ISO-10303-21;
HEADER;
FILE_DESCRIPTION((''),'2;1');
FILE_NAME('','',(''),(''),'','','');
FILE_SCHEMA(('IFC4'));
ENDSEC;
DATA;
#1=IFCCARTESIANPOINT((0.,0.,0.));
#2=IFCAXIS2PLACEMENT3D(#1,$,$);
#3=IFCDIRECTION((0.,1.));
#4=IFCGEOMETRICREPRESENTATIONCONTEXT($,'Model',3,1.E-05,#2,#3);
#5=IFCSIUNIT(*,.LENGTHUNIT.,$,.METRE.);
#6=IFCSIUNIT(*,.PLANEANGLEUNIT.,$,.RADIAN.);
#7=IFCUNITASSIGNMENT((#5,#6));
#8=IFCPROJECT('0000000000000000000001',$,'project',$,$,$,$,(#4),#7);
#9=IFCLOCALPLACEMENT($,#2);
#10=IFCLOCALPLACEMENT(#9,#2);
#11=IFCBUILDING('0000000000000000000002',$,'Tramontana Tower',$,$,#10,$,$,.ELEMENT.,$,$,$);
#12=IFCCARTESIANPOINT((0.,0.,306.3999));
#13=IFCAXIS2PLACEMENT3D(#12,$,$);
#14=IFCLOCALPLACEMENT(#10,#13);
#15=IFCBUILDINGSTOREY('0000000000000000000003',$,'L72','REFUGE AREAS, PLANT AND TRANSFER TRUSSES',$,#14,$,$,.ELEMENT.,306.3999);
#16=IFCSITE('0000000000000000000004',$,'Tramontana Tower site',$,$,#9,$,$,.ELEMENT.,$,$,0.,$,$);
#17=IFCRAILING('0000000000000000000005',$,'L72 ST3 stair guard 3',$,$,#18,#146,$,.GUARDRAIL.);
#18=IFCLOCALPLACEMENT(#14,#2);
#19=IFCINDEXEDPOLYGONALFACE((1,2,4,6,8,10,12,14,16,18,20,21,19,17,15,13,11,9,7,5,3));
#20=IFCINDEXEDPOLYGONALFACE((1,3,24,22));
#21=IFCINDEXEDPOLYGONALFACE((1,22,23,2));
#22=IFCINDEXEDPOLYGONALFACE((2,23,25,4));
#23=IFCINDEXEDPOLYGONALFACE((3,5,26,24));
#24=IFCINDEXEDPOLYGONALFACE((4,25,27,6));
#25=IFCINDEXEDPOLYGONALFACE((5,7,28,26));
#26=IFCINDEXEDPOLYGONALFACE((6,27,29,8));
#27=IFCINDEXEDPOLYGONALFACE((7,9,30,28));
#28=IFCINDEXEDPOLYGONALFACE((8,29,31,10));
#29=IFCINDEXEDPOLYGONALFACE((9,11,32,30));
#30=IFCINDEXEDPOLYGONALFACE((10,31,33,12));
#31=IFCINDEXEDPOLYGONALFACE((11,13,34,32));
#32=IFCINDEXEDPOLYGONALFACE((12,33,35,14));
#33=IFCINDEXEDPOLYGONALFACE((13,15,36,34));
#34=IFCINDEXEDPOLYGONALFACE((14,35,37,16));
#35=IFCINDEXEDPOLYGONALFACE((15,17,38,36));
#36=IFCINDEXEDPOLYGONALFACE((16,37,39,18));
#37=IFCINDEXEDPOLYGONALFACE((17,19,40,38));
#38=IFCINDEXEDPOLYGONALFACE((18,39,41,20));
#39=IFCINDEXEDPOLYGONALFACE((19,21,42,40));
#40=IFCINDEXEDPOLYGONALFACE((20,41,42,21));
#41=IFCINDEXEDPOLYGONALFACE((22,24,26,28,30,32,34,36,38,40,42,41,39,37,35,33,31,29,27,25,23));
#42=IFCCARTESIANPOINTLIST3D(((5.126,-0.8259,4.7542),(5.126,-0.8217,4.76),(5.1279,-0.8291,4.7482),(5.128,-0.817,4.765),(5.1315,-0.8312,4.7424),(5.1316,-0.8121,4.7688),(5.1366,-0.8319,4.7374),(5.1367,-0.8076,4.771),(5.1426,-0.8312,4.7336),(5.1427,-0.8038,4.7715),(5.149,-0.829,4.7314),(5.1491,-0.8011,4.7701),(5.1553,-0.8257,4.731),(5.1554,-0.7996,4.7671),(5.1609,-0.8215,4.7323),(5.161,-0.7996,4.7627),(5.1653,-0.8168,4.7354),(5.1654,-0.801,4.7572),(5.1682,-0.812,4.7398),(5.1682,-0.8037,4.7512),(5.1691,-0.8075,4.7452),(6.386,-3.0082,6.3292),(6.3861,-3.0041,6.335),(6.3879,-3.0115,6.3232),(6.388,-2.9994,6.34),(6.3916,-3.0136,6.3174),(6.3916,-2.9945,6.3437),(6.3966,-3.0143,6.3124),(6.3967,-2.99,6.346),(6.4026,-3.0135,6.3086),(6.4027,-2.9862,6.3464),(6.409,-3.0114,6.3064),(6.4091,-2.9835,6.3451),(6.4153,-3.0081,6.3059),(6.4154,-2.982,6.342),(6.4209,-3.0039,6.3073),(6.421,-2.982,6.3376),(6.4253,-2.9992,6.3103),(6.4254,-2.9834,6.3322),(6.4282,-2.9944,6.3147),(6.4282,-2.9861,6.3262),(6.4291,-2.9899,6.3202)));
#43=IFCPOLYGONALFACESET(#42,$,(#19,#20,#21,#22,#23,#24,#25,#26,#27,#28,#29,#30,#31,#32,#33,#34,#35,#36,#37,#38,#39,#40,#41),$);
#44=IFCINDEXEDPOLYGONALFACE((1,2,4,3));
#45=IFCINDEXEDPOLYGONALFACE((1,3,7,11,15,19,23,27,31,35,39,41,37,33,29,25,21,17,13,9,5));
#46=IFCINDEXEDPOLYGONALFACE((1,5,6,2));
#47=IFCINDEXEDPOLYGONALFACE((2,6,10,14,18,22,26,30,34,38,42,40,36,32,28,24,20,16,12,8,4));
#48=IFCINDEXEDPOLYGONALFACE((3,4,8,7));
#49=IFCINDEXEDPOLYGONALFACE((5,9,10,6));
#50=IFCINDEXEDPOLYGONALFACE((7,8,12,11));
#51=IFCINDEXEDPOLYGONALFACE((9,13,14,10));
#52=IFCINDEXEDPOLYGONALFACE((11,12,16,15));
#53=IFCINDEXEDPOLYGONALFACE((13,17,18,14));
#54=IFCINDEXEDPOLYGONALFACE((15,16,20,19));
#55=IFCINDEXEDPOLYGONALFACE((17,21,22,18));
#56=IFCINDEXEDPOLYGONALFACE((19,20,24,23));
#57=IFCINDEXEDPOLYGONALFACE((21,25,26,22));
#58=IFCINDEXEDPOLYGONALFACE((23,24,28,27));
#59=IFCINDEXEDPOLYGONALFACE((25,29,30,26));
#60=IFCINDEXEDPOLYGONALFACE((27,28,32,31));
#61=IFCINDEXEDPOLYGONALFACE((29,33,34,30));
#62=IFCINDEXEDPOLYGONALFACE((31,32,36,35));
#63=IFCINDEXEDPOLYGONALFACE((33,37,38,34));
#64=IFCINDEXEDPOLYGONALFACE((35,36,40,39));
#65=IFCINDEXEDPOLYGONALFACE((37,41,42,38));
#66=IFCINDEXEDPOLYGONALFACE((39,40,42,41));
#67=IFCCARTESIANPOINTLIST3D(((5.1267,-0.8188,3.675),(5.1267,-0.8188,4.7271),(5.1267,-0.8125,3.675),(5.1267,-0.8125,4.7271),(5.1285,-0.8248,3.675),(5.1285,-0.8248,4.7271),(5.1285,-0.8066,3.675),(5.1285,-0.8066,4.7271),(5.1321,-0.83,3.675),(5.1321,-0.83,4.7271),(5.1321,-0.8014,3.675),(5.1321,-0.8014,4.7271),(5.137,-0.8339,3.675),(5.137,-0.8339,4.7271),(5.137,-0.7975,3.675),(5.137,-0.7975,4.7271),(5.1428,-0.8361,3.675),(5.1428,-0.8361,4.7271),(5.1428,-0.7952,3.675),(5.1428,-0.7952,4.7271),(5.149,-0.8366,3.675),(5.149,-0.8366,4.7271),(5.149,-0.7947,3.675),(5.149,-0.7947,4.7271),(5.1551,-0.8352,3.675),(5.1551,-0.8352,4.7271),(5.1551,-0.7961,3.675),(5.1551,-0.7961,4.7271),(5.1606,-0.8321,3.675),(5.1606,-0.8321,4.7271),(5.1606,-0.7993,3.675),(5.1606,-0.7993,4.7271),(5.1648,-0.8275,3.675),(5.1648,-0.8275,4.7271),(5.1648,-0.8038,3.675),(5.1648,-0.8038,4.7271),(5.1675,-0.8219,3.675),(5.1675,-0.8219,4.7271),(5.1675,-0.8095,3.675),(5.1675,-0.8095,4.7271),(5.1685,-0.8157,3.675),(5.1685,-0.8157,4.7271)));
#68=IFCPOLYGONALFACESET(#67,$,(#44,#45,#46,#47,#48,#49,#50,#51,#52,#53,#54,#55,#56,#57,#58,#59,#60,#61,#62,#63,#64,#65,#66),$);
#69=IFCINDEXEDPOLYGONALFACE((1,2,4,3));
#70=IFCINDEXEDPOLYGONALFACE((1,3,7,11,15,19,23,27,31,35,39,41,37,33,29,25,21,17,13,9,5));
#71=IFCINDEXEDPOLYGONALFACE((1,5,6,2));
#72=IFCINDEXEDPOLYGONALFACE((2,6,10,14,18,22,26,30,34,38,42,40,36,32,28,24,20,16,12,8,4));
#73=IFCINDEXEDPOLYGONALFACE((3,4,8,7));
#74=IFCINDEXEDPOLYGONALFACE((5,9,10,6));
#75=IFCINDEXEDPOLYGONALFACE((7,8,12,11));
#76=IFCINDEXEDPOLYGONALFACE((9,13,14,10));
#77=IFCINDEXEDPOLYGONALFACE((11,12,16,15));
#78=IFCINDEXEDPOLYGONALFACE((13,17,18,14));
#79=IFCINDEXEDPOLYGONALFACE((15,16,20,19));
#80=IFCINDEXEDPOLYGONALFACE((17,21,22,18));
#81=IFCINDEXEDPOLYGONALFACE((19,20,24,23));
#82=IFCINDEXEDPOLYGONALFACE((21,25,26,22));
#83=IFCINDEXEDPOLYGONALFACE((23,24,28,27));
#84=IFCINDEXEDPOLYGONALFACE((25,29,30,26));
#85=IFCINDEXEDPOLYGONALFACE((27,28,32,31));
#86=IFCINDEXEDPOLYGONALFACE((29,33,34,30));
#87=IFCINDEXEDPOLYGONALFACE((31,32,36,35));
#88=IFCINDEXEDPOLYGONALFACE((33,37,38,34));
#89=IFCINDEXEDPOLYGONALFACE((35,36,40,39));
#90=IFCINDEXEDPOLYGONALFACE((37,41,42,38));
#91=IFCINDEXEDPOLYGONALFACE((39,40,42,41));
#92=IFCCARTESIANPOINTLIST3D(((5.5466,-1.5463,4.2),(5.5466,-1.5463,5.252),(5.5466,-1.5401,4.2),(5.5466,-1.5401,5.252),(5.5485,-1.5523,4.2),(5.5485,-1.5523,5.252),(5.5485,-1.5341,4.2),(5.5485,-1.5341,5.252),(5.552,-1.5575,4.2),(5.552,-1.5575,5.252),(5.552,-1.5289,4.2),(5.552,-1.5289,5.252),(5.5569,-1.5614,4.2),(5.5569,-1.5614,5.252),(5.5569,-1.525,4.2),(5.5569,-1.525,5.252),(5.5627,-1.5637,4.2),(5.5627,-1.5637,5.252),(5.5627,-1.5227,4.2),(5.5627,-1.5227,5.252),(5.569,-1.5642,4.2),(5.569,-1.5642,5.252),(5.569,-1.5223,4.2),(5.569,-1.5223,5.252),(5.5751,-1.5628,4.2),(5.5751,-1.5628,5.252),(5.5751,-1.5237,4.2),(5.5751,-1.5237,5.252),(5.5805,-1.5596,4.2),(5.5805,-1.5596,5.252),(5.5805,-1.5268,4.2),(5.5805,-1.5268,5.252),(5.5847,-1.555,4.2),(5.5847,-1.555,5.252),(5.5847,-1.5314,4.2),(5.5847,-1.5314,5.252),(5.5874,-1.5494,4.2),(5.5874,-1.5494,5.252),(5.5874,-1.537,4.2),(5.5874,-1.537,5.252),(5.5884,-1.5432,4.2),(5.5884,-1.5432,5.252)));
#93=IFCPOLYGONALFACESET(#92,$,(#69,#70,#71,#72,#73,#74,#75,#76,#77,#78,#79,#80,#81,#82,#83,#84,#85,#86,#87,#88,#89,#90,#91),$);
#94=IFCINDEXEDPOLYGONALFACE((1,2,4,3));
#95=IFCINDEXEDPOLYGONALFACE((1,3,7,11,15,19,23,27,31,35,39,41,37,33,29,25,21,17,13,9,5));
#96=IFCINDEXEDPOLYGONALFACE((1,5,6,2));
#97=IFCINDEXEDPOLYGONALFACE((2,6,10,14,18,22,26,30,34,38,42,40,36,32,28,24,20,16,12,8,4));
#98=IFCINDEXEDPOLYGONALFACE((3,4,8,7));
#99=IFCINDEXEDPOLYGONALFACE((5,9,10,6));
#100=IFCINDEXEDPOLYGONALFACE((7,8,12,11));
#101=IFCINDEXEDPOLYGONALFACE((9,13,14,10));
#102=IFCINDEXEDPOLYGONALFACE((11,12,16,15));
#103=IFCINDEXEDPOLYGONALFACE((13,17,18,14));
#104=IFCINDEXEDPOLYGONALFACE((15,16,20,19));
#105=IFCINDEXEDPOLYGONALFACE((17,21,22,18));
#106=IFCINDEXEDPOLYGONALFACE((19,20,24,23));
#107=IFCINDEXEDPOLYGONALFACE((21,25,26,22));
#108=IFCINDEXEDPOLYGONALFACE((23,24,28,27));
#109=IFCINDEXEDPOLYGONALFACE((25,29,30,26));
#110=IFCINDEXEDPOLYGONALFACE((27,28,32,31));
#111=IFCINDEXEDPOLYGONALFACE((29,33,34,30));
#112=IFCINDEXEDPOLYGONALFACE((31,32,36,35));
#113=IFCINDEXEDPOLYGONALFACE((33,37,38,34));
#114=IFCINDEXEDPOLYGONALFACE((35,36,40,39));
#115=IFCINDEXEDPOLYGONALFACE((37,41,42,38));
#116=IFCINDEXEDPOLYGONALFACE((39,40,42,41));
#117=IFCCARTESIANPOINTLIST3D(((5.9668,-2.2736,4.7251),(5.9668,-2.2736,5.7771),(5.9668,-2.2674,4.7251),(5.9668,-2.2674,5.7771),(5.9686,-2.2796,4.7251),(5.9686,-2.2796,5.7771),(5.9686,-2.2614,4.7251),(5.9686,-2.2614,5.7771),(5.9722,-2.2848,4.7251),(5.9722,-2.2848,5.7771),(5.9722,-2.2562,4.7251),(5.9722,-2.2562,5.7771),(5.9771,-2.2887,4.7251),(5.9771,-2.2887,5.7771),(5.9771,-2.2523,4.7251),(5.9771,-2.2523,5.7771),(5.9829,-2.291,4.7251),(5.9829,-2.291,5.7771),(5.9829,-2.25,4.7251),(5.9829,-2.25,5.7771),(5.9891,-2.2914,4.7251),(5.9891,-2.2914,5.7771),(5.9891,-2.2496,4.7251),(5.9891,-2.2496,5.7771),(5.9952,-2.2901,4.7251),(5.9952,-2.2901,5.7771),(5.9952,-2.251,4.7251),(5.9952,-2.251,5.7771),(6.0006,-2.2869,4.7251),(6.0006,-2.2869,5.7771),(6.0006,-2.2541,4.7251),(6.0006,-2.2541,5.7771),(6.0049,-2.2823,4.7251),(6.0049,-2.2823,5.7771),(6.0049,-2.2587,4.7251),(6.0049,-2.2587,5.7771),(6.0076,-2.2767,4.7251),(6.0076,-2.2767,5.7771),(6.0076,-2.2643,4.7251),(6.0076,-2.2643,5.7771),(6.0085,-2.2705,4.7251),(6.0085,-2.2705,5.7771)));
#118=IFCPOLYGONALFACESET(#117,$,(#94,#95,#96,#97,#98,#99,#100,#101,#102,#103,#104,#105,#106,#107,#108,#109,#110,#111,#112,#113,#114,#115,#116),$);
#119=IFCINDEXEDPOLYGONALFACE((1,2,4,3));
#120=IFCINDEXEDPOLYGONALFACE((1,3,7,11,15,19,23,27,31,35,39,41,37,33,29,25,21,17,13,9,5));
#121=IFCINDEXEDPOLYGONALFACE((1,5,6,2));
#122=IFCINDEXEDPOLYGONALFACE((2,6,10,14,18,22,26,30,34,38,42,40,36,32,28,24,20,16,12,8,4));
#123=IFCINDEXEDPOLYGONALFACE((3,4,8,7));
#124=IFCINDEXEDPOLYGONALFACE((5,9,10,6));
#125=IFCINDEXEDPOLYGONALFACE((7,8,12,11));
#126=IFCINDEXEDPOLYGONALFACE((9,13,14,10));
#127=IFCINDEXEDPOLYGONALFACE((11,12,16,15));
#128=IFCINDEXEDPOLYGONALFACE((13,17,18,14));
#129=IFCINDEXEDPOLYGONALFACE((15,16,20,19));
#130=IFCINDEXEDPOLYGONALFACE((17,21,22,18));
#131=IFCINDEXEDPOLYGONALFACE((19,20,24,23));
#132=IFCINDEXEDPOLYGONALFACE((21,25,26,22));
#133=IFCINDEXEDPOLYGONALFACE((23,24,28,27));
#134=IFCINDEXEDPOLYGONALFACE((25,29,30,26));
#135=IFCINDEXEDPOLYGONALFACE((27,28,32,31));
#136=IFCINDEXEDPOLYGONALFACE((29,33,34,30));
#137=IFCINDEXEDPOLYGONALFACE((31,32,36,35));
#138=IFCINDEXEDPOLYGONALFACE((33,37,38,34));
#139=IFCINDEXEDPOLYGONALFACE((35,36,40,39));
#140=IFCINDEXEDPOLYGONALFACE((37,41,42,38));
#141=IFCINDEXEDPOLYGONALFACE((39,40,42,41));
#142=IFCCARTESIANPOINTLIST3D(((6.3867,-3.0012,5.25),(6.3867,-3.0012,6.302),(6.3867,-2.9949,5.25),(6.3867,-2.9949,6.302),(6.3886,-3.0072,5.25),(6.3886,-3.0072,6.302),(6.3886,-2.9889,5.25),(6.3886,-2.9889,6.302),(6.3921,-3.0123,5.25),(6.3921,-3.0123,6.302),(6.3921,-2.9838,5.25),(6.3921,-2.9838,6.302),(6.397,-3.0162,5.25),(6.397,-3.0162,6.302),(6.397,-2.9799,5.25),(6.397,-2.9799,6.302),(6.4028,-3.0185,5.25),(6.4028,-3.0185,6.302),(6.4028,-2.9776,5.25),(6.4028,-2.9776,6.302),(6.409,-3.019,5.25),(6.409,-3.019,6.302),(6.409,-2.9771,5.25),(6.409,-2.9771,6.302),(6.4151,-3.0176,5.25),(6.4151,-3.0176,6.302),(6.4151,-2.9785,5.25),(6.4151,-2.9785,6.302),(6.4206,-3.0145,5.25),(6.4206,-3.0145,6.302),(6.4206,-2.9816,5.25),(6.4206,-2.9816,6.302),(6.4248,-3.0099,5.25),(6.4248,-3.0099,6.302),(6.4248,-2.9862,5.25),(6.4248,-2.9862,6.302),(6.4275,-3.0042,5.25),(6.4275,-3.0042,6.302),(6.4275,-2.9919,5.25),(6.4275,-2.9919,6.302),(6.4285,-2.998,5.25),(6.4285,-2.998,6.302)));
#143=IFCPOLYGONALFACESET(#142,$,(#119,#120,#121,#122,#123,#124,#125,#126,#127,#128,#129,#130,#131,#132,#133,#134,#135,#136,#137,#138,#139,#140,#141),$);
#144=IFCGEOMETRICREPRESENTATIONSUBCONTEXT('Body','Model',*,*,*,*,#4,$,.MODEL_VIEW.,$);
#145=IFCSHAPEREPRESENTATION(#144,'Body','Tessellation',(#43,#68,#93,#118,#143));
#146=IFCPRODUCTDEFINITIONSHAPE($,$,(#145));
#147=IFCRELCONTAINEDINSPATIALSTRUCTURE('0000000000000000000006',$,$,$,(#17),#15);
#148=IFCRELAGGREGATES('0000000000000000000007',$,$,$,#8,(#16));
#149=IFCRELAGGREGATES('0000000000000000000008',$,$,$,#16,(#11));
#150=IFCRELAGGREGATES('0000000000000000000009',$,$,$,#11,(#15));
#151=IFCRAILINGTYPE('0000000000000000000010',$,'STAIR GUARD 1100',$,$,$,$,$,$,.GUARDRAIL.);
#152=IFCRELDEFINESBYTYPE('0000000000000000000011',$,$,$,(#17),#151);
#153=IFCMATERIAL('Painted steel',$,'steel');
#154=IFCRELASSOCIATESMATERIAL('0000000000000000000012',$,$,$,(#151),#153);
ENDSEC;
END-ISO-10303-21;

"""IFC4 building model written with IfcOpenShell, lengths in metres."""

from ifc_helpers import new_model, si_unit, direction, frame, origin, origin_2d, place, context, subcontext, project, spatial, circle, extrude, material, type_object, element, save


model = new_model("IFC4")

# Units and contexts
model_context = context("Model", 3, precision=1e-05, world=origin(), true_north=direction((0.0, 1.0)))
body_context = subcontext(model_context, "Body", "Model", "MODEL_VIEW")
ifc_project = project(units=[si_unit("LENGTHUNIT", "METRE"), si_unit("PLANEANGLEUNIT", "RADIAN")], contexts=[model_context])

# Site, building, storey
site_placement = place(None, origin())
site = spatial("IfcSite", under=ifc_project, at=site_placement, Name="Tramontana Tower site", CompositionType="ELEMENT", RefElevation=0.0)
building_placement = place(site_placement, origin())
building = spatial("IfcBuilding", under=site, at=building_placement, Name="Tramontana Tower", CompositionType="ELEMENT")
storey_placement = place(building_placement, frame((0.0, 0.0, 306.3999)))
storey = spatial("IfcBuildingStorey", under=building, at=storey_placement, Name="L72", Description="REFUGE AREAS, PLANT AND TRANSFER TRUSSES", CompositionType="ELEMENT", Elevation=306.3999)

# Railing
ifc_material_1 = material(Name="Painted steel", Category="steel")
railing_type_1 = type_object("IfcRailingType", Name="STAIR GUARD 1100", PredefinedType="GUARDRAIL", material=ifc_material_1)
for number, where, name in (
    (1, (5.1475, -0.8157, 3.675), "L72 ST3 stair guard 3"),
):
    element("IfcRailing", number, at=place(storey_placement, frame(where)), inside=storey, type_object=railing_type_1, Name=name, PredefinedType="GUARDRAIL", context=body_context, shape_type="SweptSolid", body=[
        extrude(circle(Radius=0.0239, at=origin_2d()), frame((0.0, 0.0, 1.0762), z_axis=(0.424007, -0.734392, 0.529988), x_axis=(0.866023, 0.500005, 0.0)), (0.0, 0.0, 1.0), 2.9717),
        extrude(circle(Radius=0.021, at=origin_2d()), origin(), (0.0, 0.0, 1.0), 1.052),
        extrude(circle(Radius=0.021, at=origin_2d()), frame((0.4199, -0.7275, 0.5249)), (0.0, 0.0, 1.0), 1.052),
        extrude(circle(Radius=0.021, at=origin_2d()), frame((0.8401, -1.4548, 1.05)), (0.0, 0.0, 1.0), 1.052),
        extrude(circle(Radius=0.021, at=origin_2d()), frame((1.26, -2.1824, 1.575)), (0.0, 0.0, 1.0), 1.052),
    ])

save(model, "model.ifc")
